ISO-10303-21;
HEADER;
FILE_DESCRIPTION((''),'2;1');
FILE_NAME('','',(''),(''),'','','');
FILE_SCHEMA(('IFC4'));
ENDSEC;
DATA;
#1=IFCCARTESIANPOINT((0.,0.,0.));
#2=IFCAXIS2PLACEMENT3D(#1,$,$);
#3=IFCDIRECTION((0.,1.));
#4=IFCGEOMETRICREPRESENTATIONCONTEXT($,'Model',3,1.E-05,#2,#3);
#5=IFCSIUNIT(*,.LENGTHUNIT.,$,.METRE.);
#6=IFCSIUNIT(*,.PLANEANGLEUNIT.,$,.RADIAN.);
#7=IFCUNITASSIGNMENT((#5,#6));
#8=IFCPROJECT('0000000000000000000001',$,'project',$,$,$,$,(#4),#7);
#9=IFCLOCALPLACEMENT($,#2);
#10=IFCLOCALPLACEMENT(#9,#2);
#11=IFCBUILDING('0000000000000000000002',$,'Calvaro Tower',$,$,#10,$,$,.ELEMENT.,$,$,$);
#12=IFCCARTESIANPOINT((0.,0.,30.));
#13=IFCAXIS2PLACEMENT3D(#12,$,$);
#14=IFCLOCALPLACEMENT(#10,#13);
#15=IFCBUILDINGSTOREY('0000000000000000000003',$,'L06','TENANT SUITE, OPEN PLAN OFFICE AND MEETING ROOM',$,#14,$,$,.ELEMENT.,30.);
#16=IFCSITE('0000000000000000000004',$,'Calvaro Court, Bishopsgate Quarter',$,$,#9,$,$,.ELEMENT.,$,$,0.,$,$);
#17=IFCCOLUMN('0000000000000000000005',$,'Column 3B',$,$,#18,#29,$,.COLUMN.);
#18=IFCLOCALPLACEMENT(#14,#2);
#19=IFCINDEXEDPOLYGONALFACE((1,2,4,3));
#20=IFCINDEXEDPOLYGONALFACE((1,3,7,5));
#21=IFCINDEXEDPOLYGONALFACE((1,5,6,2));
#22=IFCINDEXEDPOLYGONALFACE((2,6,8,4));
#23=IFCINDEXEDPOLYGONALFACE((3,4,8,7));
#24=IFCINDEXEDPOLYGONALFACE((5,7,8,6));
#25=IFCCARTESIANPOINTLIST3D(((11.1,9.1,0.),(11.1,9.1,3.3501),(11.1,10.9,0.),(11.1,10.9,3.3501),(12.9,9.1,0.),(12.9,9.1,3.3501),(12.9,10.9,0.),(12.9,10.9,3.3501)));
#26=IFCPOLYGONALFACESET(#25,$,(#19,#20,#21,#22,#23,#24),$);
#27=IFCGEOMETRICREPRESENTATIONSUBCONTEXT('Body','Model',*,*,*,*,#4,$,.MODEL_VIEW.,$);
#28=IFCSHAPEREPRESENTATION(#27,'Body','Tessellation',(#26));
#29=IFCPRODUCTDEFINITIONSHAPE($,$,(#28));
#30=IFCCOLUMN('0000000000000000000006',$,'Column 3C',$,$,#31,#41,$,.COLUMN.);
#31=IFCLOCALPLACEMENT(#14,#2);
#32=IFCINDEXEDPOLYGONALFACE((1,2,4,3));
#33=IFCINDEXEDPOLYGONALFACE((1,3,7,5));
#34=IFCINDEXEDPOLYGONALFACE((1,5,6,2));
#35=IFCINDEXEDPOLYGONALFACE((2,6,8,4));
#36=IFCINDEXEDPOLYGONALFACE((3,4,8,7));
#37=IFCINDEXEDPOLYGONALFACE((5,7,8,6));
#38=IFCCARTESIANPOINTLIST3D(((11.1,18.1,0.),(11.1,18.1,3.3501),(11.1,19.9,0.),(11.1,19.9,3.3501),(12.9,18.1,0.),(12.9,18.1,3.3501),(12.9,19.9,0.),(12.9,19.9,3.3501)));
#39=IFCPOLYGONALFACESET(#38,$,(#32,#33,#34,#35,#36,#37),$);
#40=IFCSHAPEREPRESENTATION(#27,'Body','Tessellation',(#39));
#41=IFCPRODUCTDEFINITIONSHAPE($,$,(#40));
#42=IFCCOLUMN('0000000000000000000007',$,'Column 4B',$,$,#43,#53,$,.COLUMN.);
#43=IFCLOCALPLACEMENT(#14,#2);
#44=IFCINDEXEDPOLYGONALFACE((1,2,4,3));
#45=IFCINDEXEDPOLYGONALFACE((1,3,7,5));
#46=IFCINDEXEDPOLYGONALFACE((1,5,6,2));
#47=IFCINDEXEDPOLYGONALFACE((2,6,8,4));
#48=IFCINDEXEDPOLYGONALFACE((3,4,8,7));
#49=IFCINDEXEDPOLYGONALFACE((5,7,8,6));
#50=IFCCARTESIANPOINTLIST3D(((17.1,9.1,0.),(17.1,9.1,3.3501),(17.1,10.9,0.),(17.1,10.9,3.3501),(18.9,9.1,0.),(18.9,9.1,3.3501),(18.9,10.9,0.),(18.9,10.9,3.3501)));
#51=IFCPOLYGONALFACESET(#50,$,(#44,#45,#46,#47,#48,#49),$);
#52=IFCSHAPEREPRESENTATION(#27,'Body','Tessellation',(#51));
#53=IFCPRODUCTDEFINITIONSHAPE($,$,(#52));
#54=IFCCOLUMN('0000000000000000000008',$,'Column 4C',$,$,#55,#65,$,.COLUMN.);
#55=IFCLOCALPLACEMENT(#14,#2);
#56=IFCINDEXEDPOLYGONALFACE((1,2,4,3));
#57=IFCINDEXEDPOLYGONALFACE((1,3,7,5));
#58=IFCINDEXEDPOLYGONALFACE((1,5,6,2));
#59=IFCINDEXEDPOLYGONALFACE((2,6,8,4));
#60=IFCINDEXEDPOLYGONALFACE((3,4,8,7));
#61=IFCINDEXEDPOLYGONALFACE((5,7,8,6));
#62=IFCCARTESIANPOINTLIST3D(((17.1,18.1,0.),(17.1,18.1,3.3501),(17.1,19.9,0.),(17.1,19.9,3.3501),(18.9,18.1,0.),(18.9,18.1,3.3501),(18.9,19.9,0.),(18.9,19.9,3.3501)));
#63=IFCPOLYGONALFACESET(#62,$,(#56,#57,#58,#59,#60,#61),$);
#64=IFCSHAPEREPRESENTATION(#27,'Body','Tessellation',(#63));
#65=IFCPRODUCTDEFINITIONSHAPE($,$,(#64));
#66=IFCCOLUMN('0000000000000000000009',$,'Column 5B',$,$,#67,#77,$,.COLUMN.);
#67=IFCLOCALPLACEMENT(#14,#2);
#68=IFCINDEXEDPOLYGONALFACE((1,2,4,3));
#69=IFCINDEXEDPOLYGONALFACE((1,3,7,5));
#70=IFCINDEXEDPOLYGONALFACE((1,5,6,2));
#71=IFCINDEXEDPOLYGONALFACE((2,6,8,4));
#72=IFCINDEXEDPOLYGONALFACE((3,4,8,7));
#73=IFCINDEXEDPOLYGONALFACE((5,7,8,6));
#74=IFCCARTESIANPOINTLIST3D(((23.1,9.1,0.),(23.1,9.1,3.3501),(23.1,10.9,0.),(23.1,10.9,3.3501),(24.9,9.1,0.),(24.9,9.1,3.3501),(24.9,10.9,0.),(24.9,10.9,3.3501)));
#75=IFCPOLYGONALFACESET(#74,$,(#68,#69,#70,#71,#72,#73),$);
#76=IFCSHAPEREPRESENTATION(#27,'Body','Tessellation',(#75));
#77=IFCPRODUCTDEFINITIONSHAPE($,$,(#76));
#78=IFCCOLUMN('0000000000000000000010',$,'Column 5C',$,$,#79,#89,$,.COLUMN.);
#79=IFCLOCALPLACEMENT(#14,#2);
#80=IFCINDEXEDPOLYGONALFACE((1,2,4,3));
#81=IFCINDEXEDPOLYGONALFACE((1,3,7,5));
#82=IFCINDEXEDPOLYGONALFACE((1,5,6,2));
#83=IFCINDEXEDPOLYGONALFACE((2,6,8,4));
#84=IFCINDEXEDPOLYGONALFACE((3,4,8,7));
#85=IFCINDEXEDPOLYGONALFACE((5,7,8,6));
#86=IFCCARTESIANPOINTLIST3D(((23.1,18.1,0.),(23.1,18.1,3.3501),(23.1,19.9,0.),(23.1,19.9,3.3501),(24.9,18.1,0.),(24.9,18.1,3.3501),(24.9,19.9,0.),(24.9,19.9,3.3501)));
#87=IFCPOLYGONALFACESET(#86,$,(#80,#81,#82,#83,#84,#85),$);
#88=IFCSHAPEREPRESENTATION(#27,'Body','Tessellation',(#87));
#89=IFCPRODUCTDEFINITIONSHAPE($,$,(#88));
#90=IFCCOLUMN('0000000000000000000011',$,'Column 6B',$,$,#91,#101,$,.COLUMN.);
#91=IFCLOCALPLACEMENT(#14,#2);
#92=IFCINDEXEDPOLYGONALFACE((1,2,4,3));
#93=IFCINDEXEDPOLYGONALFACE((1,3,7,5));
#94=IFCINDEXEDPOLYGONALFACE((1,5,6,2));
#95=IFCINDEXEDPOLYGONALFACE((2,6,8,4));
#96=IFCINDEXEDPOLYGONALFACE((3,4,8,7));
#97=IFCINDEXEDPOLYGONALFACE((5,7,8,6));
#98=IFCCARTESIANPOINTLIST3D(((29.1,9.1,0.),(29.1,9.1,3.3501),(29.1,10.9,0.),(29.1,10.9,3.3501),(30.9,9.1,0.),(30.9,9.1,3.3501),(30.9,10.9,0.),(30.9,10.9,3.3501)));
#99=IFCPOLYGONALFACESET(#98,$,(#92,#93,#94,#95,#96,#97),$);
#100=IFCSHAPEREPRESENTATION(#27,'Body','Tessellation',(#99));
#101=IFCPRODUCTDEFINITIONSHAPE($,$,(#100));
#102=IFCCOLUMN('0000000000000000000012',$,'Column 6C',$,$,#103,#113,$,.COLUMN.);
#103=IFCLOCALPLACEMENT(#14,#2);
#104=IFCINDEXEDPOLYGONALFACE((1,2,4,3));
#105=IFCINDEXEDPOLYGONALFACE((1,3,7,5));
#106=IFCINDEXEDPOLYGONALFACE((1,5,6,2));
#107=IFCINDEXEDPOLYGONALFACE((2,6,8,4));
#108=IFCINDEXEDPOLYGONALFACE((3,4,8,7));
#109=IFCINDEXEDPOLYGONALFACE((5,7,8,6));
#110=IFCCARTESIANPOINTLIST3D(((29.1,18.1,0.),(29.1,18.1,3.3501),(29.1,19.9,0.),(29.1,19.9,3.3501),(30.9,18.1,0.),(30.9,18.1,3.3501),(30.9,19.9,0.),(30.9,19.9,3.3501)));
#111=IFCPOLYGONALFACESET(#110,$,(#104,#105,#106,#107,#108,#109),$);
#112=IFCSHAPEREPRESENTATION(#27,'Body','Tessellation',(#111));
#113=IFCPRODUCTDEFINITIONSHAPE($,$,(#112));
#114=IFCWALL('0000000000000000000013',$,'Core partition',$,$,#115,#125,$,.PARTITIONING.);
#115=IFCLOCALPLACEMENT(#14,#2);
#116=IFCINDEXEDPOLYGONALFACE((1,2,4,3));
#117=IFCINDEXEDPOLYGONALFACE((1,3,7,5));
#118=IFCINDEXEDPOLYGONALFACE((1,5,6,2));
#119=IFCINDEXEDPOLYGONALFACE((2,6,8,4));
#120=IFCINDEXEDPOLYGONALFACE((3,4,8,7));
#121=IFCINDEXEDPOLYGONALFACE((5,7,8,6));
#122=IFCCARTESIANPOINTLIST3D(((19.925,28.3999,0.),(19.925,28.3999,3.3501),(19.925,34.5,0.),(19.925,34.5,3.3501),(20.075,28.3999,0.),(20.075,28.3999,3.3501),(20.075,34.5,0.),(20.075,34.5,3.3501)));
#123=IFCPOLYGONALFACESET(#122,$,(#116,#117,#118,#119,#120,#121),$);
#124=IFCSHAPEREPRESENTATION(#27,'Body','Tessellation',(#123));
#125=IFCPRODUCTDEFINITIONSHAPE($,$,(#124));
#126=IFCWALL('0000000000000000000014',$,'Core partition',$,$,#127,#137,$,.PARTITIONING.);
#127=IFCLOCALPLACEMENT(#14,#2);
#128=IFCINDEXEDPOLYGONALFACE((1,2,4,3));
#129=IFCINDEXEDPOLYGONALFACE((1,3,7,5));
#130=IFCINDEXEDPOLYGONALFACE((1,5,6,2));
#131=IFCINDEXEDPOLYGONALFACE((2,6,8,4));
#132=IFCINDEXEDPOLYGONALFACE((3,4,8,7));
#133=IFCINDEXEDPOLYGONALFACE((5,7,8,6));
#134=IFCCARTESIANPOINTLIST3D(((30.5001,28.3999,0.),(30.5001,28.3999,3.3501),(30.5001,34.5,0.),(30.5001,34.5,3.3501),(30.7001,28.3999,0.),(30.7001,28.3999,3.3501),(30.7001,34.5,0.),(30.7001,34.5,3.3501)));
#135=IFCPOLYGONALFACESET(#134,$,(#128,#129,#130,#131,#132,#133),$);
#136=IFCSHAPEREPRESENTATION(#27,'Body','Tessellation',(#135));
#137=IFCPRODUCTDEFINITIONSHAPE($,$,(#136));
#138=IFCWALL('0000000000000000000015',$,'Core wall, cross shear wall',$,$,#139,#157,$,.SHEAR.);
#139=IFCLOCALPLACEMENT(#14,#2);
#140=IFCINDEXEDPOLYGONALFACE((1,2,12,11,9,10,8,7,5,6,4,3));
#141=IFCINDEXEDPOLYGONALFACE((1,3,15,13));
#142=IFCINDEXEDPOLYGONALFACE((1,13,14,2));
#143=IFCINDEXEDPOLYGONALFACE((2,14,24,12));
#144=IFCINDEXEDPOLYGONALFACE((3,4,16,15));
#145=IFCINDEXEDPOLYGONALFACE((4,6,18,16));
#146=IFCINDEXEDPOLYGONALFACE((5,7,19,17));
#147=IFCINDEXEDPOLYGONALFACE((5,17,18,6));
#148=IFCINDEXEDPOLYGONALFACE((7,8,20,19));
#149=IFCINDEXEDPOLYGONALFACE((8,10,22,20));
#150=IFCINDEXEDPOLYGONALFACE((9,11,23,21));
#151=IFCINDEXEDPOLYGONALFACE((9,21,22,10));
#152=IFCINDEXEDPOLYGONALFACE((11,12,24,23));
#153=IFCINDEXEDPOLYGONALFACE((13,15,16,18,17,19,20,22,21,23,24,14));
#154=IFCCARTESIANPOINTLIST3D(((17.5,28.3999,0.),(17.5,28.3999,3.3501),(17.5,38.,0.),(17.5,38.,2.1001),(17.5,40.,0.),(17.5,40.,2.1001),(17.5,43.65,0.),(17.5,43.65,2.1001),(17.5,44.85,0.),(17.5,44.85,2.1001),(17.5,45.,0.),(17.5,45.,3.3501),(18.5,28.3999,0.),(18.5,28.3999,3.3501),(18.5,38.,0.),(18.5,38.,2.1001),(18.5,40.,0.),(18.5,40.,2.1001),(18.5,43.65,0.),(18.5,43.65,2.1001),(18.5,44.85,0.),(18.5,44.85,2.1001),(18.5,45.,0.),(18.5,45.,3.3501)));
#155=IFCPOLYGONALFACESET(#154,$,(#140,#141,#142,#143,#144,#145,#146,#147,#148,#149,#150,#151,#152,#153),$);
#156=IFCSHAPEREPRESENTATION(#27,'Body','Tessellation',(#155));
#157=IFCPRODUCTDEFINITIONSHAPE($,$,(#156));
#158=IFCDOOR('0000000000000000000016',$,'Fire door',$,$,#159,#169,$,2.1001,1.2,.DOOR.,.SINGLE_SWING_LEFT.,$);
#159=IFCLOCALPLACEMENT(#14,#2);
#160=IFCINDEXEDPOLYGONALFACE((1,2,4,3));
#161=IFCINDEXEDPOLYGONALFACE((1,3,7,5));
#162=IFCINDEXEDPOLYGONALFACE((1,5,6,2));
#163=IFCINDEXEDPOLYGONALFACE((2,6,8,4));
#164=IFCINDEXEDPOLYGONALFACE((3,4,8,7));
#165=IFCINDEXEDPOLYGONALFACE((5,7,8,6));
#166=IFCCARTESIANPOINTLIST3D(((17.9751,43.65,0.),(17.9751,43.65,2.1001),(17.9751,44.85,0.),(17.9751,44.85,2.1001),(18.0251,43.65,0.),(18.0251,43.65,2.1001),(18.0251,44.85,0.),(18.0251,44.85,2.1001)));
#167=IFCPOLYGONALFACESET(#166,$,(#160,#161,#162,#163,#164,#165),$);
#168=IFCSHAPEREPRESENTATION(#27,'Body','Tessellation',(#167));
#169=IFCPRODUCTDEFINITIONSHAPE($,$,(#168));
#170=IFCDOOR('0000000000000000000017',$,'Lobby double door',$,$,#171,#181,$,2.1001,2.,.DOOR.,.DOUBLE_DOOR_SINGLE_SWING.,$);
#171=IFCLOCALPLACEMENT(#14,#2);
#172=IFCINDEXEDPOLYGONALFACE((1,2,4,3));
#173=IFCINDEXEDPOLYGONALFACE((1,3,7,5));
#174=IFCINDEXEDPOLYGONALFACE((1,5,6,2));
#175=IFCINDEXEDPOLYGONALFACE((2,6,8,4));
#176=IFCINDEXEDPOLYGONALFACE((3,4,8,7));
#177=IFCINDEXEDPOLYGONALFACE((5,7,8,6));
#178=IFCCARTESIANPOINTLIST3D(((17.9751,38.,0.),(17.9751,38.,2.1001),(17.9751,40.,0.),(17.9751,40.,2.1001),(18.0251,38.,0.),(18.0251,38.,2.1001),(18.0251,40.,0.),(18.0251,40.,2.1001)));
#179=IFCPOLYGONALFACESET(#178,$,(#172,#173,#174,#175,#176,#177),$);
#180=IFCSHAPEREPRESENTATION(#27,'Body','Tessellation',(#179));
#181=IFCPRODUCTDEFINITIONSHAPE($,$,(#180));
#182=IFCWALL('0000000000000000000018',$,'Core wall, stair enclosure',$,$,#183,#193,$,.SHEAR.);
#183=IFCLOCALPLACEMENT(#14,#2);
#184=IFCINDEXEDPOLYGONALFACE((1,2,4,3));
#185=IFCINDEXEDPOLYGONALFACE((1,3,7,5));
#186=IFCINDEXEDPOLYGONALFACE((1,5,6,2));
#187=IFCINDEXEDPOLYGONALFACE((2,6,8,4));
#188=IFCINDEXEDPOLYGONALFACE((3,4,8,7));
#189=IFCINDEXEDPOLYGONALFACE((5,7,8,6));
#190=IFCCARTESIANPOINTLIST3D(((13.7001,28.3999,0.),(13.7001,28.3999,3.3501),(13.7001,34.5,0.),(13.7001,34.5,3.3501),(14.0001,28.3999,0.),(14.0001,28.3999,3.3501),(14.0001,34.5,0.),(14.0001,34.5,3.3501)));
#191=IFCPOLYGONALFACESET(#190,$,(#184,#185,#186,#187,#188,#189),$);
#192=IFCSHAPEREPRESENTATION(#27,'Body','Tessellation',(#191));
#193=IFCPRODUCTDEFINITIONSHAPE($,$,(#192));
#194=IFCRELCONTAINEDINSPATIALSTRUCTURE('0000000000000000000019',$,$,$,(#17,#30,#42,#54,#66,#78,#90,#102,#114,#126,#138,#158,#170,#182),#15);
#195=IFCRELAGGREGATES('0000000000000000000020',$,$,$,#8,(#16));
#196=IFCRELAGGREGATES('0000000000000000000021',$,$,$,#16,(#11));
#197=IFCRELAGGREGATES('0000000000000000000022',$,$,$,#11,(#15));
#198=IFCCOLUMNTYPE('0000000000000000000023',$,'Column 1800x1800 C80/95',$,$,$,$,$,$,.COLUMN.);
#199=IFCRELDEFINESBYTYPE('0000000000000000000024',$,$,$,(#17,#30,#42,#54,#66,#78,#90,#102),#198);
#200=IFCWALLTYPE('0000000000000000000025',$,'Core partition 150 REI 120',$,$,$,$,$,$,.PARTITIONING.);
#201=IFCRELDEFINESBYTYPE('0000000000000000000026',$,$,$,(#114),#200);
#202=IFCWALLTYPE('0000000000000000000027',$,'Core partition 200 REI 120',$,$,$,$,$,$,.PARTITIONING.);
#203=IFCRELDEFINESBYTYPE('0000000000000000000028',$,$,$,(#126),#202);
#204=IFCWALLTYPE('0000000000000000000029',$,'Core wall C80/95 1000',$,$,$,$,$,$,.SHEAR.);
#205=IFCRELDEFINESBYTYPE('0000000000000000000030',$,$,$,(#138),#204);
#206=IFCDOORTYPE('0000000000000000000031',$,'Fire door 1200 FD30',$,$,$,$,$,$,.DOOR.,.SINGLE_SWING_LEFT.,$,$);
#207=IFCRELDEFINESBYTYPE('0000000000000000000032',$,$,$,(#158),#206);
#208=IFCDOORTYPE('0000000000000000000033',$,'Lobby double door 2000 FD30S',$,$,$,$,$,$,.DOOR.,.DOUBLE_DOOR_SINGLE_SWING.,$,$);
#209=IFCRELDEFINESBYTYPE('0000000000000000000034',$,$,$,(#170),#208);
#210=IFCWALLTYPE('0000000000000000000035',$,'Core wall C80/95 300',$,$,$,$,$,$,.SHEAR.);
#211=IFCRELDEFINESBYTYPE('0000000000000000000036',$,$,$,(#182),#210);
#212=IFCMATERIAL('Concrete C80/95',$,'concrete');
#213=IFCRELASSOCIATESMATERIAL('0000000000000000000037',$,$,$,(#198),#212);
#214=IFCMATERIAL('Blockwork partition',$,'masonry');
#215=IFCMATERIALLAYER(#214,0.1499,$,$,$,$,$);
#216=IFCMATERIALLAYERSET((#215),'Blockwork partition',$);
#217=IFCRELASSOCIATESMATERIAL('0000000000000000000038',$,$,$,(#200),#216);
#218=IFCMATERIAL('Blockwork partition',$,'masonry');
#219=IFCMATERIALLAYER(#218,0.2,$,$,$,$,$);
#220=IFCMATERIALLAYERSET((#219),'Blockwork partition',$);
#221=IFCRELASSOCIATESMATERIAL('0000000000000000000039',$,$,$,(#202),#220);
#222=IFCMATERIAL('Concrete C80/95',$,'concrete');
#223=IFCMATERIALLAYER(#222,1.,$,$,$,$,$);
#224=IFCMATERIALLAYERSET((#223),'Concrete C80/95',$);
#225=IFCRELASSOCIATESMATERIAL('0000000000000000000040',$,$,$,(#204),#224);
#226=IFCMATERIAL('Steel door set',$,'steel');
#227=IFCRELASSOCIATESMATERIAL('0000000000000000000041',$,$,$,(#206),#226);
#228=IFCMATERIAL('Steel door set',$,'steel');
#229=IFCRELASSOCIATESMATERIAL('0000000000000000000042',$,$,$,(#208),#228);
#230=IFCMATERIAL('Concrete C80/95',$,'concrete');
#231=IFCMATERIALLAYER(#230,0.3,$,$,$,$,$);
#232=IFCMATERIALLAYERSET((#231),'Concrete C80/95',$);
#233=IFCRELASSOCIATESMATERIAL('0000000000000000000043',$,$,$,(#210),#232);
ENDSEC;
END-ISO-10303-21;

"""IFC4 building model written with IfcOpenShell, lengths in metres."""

from ifc_helpers import new_model, si_unit, direction, frame, frame_2d, origin, origin_2d, place, context, subcontext, project, spatial, rectangle, extrude, material, layer, layer_set, material_profile, profile_set, type_object, element, fill, save


model = new_model("IFC4")

# Units and contexts
model_context = context("Model", 3, precision=1e-05, world=origin(), true_north=direction((0.0, 1.0)))
body_context = subcontext(model_context, "Body", "Model", "MODEL_VIEW")
ifc_project = project(units=[si_unit("LENGTHUNIT", "METRE"), si_unit("PLANEANGLEUNIT", "RADIAN")], contexts=[model_context])

# Site, building, storey
site_placement = place(None, origin())
site = spatial("IfcSite", under=ifc_project, at=site_placement, Name="Calvaro Court, Bishopsgate Quarter", CompositionType="ELEMENT", RefElevation=0.0)
building_placement = place(site_placement, origin())
building = spatial("IfcBuilding", under=site, at=building_placement, Name="Calvaro Tower", CompositionType="ELEMENT")
storey_placement = place(building_placement, frame((0.0, 0.0, 30.0)))
storey = spatial("IfcBuildingStorey", under=building, at=storey_placement, Name="L06", Description="TENANT SUITE, OPEN PLAN OFFICE AND MEETING ROOM", CompositionType="ELEMENT", Elevation=30.0)

# Columns
ifc_material_1 = material(Name="Concrete C80/95", Category="concrete")
ifc_material_profile = material_profile(ifc_material_1, rectangle(XDim=1.8, YDim=1.8, at=origin_2d()), Name="RC 1800x1800")
ifc_profile_set = profile_set([ifc_material_profile], Name="Concrete C80/95")
column_type = type_object("IfcColumnType", Name="Column 1800x1800 C80/95", PredefinedType="COLUMN", material=ifc_profile_set)
for number, where, z_axis, x_axis, name in (
    (1, (12.0, 10.0, 0.0), (0.0, 0.0, 1.0), (1.0, 0.0, 0.0), "Column 3B"),
    (2, (12.0, 19.0, 0.0), (0.0, 0.0, 1.0), (1.0, 0.0, 0.0), "Column 3C"),
    (3, (18.0, 10.0, 0.0), (0.0, 0.0, 1.0), (1.0, 0.0, 0.0), "Column 4B"),
    (4, (18.0, 19.0, 0.0), (0.0, 0.0, 1.0), (1.0, 0.0, 0.0), "Column 4C"),
    (5, (24.0, 10.0, 0.0), (0.0, 0.0, 1.0), (1.0, 0.0, 0.0), "Column 5B"),
    (6, (24.0, 19.0, 0.0), (0.0, 0.0, 1.0), (1.0, 0.0, 0.0), "Column 5C"),
    (7, (30.0, 10.0, 0.0), (0.0, 0.0, 1.0), (1.0, 0.0, 0.0), "Column 6B"),
    (8, (30.0, 19.0, 0.0), (0.0, 0.0, 1.0), (1.0, 0.0, 0.0), "Column 6C"),
):
    element("IfcColumn", number, at=place(storey_placement, frame(where, z_axis=z_axis, x_axis=x_axis)), inside=storey, type_object=column_type, Name=name, PredefinedType="COLUMN", context=body_context, shape_type="SweptSolid", body=[
        extrude(rectangle(XDim=1.8, YDim=1.8, at=origin_2d()), origin(), (0.0, 0.0, 1.0), 3.3501),
    ])

# Walls
ifc_material_2 = material(Name="Blockwork partition", Category="masonry")
ifc_layer_1 = layer(ifc_material_2, 0.1499)
ifc_layer_set_1 = layer_set([ifc_layer_1], Name="Blockwork partition")
wall_type_1 = type_object("IfcWallType", Name="Core partition 150 REI 120", PredefinedType="PARTITIONING", material=ifc_layer_set_1)
wall_1_placement = place(storey_placement, frame((20.0, 28.3999, 0.0), z_axis=(0.0, 0.0, 1.0), x_axis=(0.0, 1.0, 0.0)))
element("IfcWall", 9, at=wall_1_placement, inside=storey, type_object=wall_type_1, Name="Core partition", PredefinedType="PARTITIONING", context=body_context, shape_type="SweptSolid", body=[
    extrude(rectangle(XDim=6.1001, YDim=0.1499, at=frame_2d((3.05, 0.0))), origin(), (0.0, 0.0, 1.0), 3.3501),
])
ifc_material_3 = material(Name="Blockwork partition", Category="masonry")
ifc_layer_2 = layer(ifc_material_3, 0.2)
ifc_layer_set_2 = layer_set([ifc_layer_2], Name="Blockwork partition")
wall_type_2 = type_object("IfcWallType", Name="Core partition 200 REI 120", PredefinedType="PARTITIONING", material=ifc_layer_set_2)
wall_2_placement = place(storey_placement, frame((30.6001, 28.3999, 0.0), z_axis=(0.0, 0.0, 1.0), x_axis=(0.0, 1.0, 0.0)))
element("IfcWall", 10, at=wall_2_placement, inside=storey, type_object=wall_type_2, Name="Core partition", PredefinedType="PARTITIONING", context=body_context, shape_type="SweptSolid", body=[
    extrude(rectangle(XDim=6.1001, YDim=0.2, at=frame_2d((3.05, 0.0))), origin(), (0.0, 0.0, 1.0), 3.3501),
])

# Wall, openings, doors
ifc_material_4 = material(Name="Concrete C80/95", Category="concrete")
ifc_layer_3 = layer(ifc_material_4, 1.0)
ifc_layer_set_3 = layer_set([ifc_layer_3], Name="Concrete C80/95")
wall_type_3 = type_object("IfcWallType", Name="Core wall C80/95 1000", PredefinedType="SHEAR", material=ifc_layer_set_3)
wall_3_placement = place(storey_placement, frame((18.0, 28.3999, 0.0), z_axis=(0.0, 0.0, 1.0), x_axis=(0.0, 1.0, 0.0)))
wall_3 = element("IfcWall", 11, at=wall_3_placement, inside=storey, type_object=wall_type_3, Name="Core wall, cross shear wall", PredefinedType="SHEAR", context=body_context, shape_type="SweptSolid", body=[
    extrude(rectangle(XDim=16.6001, YDim=1.0, at=frame_2d((8.3, 0.0))), origin(), (0.0, 0.0, 1.0), 3.3501),
])
opening_1_placement = place(wall_3_placement, frame((9.6001, 0.0, 0.0)))
opening_1 = element("IfcOpeningElement", 12, at=opening_1_placement, cuts=wall_3, PredefinedType="OPENING", context=body_context, shape_type="SweptSolid", body=[
    extrude(rectangle(XDim=2.0, YDim=2.1001, at=frame_2d((1.0, 1.05))), frame((0.0, 0.51, 0.0), z_axis=(0.0, -1.0, 0.0), x_axis=(1.0, 0.0, 0.0)), (0.0, 0.0, 1.0), 1.02),
])
opening_2_placement = place(wall_3_placement, frame((15.25, 0.0, 0.0)))
opening_2 = element("IfcOpeningElement", 13, at=opening_2_placement, cuts=wall_3, PredefinedType="OPENING", context=body_context, shape_type="SweptSolid", body=[
    extrude(rectangle(XDim=1.2, YDim=2.1001, at=frame_2d((0.6001, 1.05))), frame((0.0, 0.51, 0.0), z_axis=(0.0, -1.0, 0.0), x_axis=(1.0, 0.0, 0.0)), (0.0, 0.0, 1.0), 1.02),
])
ifc_material_5 = material(Name="Steel door set", Category="steel")
door_type_1 = type_object("IfcDoorType", Name="Fire door 1200 FD30", OperationType="SINGLE_SWING_LEFT", PredefinedType="DOOR", material=ifc_material_5)
door_1_placement = place(opening_2_placement, origin())
door_1 = element("IfcDoor", 14, at=door_1_placement, inside=storey, type_object=door_type_1, Name="Fire door", OperationType="SINGLE_SWING_LEFT", OverallHeight=2.1001, OverallWidth=1.2, PredefinedType="DOOR", context=body_context, shape_type="SweptSolid", body=[
    extrude(rectangle(XDim=1.2, YDim=2.1001, at=frame_2d((0.6001, 1.05))), frame((0.0, 0.0249, 0.0), z_axis=(0.0, -1.0, 0.0), x_axis=(1.0, 0.0, 0.0)), (0.0, 0.0, 1.0), 0.05),
])
fill(opening_2, door_1)
ifc_material_6 = material(Name="Steel door set", Category="steel")
door_type_2 = type_object("IfcDoorType", Name="Lobby double door 2000 FD30S", OperationType="DOUBLE_DOOR_SINGLE_SWING", PredefinedType="DOOR", material=ifc_material_6)
door_2_placement = place(opening_1_placement, origin())
door_2 = element("IfcDoor", 15, at=door_2_placement, inside=storey, type_object=door_type_2, Name="Lobby double door", OperationType="DOUBLE_DOOR_SINGLE_SWING", OverallHeight=2.1001, OverallWidth=2.0, PredefinedType="DOOR", context=body_context, shape_type="SweptSolid", body=[
    extrude(rectangle(XDim=2.0, YDim=2.1001, at=frame_2d((1.0, 1.05))), frame((0.0, 0.0249, 0.0), z_axis=(0.0, -1.0, 0.0), x_axis=(1.0, 0.0, 0.0)), (0.0, 0.0, 1.0), 0.05),
])
fill(opening_1, door_2)

# Wall
ifc_material_7 = material(Name="Concrete C80/95", Category="concrete")
ifc_layer_4 = layer(ifc_material_7, 0.3)
ifc_layer_set_4 = layer_set([ifc_layer_4], Name="Concrete C80/95")
wall_type_4 = type_object("IfcWallType", Name="Core wall C80/95 300", PredefinedType="SHEAR", material=ifc_layer_set_4)
for number, where, z_axis, x_axis, name in (
    (16, (13.8501, 28.3999, 0.0), (0.0, 0.0, 1.0), (0.0, 1.0, 0.0), "Core wall, stair enclosure"),
):
    element("IfcWall", number, at=place(storey_placement, frame(where, z_axis=z_axis, x_axis=x_axis)), inside=storey, type_object=wall_type_4, Name=name, PredefinedType="SHEAR", context=body_context, shape_type="SweptSolid", body=[
        extrude(rectangle(XDim=6.1001, YDim=0.3, at=frame_2d((3.05, 0.0))), origin(), (0.0, 0.0, 1.0), 3.3501),
    ])

save(model, "model.ifc")
